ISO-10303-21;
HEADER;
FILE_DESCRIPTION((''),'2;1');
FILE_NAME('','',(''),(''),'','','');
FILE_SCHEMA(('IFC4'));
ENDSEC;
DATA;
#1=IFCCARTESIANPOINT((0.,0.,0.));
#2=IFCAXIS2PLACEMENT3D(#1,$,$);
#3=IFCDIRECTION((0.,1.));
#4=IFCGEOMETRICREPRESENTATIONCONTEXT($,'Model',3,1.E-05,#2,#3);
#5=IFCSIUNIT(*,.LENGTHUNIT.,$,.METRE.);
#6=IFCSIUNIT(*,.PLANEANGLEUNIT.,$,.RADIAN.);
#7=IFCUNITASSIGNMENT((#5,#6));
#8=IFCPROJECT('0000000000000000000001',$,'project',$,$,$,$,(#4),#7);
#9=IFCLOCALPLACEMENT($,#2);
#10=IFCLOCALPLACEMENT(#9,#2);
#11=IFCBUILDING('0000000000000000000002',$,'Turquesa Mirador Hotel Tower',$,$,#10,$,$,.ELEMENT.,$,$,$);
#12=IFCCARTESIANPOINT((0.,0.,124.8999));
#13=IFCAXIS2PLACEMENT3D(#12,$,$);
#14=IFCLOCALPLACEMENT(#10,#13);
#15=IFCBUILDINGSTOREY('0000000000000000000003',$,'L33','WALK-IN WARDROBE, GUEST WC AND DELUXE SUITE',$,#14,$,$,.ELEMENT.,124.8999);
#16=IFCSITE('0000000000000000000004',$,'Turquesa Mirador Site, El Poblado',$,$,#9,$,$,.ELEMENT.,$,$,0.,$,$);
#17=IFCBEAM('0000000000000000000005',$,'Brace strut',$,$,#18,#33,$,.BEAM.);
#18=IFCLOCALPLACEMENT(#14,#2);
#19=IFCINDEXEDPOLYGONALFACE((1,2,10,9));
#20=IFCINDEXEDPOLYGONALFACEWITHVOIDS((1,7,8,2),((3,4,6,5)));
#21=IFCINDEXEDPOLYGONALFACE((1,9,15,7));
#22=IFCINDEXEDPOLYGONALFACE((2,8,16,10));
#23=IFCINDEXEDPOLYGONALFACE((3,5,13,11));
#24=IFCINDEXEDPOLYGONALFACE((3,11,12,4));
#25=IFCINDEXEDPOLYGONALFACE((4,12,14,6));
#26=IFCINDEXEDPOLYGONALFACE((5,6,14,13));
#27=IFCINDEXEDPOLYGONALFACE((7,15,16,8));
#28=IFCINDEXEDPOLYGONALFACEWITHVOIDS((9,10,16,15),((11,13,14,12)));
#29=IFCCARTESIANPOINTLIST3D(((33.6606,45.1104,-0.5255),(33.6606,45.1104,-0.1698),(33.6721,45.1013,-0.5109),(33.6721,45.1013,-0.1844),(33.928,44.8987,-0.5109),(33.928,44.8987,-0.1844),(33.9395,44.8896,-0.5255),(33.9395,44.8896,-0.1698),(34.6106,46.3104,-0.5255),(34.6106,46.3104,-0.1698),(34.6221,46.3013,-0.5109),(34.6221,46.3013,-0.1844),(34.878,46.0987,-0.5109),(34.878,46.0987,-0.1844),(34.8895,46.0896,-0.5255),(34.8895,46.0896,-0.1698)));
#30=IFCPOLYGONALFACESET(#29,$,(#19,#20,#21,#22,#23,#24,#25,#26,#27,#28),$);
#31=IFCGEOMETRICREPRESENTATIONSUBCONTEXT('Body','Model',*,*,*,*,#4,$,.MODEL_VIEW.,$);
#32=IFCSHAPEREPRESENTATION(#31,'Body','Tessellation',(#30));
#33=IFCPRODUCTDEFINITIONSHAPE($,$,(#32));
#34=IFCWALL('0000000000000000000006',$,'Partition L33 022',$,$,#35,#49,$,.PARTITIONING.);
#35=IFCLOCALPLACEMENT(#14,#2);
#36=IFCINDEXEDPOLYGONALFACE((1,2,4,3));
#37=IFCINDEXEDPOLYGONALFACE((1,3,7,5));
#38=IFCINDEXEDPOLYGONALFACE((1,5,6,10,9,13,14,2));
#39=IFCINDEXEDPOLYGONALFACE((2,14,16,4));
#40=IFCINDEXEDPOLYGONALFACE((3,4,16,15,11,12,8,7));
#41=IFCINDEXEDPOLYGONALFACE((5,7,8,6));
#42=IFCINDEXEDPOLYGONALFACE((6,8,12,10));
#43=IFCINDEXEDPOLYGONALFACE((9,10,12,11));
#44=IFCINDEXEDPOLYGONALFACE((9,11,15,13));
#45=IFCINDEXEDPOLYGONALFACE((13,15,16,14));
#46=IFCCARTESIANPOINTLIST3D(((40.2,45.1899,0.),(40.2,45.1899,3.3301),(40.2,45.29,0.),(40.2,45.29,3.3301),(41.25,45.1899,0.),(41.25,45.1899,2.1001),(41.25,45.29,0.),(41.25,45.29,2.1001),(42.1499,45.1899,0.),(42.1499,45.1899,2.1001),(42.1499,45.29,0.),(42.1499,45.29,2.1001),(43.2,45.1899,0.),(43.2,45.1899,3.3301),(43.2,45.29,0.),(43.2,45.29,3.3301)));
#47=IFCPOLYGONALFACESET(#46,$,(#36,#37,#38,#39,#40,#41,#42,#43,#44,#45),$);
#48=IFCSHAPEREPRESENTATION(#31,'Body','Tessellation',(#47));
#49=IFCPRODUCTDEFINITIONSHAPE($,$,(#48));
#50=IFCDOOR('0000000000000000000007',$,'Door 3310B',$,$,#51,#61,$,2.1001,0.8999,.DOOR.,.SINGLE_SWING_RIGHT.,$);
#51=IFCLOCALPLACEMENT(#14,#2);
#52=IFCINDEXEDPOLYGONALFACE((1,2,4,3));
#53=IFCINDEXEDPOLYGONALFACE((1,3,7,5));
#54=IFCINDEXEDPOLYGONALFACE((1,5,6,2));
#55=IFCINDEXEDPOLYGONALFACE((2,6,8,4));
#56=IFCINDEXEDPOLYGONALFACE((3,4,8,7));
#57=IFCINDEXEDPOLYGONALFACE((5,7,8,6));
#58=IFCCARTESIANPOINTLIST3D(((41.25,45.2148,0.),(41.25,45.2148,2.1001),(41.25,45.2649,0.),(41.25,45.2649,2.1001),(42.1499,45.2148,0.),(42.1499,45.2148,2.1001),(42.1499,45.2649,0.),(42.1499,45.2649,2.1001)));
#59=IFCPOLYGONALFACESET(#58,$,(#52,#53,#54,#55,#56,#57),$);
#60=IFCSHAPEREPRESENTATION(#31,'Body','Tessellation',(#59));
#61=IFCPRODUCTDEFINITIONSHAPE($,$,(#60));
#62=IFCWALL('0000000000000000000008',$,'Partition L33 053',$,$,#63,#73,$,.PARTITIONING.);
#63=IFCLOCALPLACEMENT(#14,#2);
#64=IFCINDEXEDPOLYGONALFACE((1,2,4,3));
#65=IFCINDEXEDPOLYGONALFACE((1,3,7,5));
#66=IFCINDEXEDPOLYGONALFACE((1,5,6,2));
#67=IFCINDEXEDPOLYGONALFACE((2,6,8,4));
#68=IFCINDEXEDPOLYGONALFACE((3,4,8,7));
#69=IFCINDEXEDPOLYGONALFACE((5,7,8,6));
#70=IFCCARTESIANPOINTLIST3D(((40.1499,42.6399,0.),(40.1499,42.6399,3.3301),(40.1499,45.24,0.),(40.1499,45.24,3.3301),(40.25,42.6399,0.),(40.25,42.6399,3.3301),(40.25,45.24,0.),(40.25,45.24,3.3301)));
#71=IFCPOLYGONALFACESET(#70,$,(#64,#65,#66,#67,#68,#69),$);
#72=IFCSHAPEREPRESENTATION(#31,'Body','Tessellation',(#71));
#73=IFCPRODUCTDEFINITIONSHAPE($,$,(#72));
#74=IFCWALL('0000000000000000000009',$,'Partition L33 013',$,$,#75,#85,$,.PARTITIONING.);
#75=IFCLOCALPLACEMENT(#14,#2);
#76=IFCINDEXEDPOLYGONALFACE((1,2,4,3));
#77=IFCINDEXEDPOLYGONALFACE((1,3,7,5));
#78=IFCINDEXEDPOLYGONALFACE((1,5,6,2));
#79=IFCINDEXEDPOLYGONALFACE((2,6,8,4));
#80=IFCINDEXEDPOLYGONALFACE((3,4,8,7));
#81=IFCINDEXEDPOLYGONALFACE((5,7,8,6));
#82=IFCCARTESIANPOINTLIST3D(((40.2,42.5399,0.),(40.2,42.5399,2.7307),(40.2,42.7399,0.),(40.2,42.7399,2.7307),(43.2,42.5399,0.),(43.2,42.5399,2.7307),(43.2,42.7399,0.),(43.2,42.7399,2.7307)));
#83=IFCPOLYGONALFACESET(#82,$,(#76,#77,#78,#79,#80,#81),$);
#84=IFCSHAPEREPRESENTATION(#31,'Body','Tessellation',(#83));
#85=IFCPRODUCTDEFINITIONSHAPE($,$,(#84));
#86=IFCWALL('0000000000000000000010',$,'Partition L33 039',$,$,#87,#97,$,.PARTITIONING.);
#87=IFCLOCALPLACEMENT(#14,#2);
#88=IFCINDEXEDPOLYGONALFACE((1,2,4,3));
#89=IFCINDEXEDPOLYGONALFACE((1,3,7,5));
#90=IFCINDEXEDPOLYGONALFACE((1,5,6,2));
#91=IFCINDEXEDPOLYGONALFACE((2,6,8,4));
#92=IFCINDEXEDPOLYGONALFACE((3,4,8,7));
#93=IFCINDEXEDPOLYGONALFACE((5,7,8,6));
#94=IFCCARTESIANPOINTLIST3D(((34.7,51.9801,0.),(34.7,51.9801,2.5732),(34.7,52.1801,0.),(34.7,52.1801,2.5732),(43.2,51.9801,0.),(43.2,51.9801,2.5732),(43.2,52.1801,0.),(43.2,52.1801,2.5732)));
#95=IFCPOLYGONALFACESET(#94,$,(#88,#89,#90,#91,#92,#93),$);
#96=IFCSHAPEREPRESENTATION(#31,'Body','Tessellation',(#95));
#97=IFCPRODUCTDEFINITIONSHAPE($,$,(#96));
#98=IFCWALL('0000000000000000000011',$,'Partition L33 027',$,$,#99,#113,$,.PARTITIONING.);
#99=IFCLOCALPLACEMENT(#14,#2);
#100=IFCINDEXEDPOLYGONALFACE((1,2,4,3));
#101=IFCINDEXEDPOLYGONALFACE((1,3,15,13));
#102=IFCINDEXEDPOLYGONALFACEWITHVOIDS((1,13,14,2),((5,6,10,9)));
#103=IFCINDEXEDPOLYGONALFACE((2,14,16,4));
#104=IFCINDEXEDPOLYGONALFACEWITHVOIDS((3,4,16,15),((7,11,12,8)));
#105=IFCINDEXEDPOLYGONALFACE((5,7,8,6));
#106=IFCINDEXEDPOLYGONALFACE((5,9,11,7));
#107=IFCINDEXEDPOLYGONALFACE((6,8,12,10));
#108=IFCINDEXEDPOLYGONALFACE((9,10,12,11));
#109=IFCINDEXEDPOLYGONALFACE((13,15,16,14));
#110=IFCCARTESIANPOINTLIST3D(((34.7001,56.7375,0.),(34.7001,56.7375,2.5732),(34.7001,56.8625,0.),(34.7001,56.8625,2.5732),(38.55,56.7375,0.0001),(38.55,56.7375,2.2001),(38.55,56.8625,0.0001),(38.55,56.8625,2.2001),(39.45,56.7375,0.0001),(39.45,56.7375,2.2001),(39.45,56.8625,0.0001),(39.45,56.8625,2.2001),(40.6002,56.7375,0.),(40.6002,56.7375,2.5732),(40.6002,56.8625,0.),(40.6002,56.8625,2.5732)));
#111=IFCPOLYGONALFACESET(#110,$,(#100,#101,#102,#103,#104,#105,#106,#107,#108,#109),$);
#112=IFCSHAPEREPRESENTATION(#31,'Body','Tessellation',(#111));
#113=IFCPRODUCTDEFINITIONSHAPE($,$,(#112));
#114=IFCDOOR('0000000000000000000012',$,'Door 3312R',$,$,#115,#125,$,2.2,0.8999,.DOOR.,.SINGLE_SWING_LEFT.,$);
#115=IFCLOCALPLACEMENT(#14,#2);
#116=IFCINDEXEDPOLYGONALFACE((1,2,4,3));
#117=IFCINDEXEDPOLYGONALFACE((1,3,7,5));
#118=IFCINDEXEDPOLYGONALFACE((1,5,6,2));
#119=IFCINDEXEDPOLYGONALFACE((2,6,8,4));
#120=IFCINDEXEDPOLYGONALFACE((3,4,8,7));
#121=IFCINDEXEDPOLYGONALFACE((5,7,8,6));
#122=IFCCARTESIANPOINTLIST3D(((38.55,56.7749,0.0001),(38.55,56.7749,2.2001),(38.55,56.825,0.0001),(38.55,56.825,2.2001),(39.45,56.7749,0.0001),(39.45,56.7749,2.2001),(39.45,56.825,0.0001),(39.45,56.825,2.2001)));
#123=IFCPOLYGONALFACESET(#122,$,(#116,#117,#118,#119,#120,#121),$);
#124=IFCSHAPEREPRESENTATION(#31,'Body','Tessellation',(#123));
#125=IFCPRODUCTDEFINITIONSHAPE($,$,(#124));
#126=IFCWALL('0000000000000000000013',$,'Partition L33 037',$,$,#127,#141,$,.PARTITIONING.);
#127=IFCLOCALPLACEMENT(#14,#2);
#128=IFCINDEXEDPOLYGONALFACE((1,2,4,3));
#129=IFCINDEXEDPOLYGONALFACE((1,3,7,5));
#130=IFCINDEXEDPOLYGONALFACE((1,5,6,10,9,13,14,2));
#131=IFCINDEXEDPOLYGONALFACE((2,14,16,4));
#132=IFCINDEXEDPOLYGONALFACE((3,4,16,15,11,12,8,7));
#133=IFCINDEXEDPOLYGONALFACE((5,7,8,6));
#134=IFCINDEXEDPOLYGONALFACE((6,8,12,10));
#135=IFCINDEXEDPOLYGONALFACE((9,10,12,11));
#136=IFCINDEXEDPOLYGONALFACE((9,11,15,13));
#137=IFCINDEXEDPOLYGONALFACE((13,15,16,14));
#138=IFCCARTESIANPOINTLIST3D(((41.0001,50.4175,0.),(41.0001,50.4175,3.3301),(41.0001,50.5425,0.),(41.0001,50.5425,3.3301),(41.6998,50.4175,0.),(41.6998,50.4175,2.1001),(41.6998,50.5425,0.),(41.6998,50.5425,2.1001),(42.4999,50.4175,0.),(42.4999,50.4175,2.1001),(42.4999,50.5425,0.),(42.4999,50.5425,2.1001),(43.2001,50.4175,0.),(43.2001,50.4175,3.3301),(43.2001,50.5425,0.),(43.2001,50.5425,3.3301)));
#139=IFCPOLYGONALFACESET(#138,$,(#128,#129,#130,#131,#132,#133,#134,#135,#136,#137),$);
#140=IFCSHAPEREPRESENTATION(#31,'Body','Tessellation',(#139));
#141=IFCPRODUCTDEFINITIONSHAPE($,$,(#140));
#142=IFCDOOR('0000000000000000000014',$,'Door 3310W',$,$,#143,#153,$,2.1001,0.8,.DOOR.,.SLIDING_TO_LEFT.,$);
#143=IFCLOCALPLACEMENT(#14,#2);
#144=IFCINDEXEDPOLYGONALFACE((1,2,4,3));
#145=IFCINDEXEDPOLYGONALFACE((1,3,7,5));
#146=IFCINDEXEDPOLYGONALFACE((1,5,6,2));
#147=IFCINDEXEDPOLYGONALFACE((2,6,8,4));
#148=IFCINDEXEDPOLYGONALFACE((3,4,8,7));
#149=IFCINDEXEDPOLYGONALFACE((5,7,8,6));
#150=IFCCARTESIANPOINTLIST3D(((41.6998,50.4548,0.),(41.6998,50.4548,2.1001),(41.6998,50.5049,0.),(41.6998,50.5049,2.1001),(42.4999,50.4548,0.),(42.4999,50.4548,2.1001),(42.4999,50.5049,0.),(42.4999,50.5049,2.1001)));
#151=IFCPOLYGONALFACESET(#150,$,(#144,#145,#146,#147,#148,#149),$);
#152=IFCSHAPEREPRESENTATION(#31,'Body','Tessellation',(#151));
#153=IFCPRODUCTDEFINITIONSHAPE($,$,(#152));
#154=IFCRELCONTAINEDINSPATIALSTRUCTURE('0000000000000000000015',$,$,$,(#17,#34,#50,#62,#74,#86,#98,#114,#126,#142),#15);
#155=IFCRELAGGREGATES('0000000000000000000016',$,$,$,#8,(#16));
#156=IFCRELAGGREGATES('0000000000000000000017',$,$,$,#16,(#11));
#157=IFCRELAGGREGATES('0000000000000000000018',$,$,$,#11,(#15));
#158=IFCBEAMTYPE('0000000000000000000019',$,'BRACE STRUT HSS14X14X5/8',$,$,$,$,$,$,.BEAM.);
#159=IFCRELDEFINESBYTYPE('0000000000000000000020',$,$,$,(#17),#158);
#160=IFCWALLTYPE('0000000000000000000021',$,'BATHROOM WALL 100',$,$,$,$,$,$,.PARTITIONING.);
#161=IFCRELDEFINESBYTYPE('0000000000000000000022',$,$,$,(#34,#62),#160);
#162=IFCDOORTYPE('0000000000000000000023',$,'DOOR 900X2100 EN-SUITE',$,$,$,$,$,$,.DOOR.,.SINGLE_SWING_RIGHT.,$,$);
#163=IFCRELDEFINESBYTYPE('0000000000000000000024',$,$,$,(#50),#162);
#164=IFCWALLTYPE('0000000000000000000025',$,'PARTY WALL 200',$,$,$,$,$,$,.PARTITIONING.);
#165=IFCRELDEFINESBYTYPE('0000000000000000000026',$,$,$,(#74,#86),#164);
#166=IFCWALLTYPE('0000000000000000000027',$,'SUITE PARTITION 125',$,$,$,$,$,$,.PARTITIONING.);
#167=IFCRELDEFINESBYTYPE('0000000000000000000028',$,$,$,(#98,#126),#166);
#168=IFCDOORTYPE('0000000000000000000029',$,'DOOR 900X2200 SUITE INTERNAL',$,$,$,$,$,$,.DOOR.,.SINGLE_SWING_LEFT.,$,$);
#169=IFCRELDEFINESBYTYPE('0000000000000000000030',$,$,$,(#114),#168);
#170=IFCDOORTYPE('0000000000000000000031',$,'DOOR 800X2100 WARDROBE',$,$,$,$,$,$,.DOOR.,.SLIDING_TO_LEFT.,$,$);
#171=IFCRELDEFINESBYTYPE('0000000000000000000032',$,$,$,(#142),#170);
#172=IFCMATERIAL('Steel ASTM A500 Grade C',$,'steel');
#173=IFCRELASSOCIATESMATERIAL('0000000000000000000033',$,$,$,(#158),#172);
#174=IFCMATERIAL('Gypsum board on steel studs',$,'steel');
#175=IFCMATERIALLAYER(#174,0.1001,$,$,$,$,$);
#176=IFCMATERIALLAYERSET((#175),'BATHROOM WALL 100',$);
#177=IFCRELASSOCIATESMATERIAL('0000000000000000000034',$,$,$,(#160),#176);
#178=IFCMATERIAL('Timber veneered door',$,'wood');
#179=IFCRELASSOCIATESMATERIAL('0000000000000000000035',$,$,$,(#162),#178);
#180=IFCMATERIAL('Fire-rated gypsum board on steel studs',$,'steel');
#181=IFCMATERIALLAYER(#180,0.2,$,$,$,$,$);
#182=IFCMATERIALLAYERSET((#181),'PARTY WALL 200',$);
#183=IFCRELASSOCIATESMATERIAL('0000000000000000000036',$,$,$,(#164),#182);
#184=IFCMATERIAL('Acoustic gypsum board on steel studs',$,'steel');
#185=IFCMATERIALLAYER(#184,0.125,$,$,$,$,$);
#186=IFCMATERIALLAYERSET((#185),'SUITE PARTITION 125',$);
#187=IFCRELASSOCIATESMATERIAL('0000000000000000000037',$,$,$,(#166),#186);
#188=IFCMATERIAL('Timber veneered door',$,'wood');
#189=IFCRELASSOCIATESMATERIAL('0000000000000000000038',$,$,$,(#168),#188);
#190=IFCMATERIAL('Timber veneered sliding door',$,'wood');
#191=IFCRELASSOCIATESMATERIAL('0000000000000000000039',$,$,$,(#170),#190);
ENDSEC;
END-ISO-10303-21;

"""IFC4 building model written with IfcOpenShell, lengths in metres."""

from ifc_helpers import new_model, si_unit, direction, frame, frame_2d, origin, origin_2d, place, context, subcontext, project, spatial, rectangle, hollow_rectangle, extrude, material, layer, layer_set, material_profile, profile_set, type_object, element, fill, save


model = new_model("IFC4")

# Units and contexts
model_context = context("Model", 3, precision=1e-05, world=origin(), true_north=direction((0.0, 1.0)))
body_context = subcontext(model_context, "Body", "Model", "MODEL_VIEW")
ifc_project = project(units=[si_unit("LENGTHUNIT", "METRE"), si_unit("PLANEANGLEUNIT", "RADIAN")], contexts=[model_context])

# Site, building, storey
site_placement = place(None, origin())
site = spatial("IfcSite", under=ifc_project, at=site_placement, Name="Turquesa Mirador Site, El Poblado", CompositionType="ELEMENT", RefElevation=0.0)
building_placement = place(site_placement, origin())
building = spatial("IfcBuilding", under=site, at=building_placement, Name="Turquesa Mirador Hotel Tower", CompositionType="ELEMENT")
storey_placement = place(building_placement, frame((0.0, 0.0, 124.8999)))
storey = spatial("IfcBuildingStorey", under=building, at=storey_placement, Name="L33", Description="WALK-IN WARDROBE, GUEST WC AND DELUXE SUITE", CompositionType="ELEMENT", Elevation=124.8999)

# Beam
ifc_material_1 = material(Name="Steel ASTM A500 Grade C", Category="steel")
ifc_material_profile_1 = material_profile(ifc_material_1, hollow_rectangle(XDim=0.3557, YDim=0.3557, WallThickness=0.0146, at=origin_2d()), Name="HSS14X14X5/8")
ifc_profile_set_1 = profile_set([ifc_material_profile_1], Name="Steel ASTM A500 Grade C")
beam_type_1 = type_object("IfcBeamType", Name="BRACE STRUT HSS14X14X5/8", PredefinedType="BEAM", material=ifc_profile_set_1)
for number, where, z_axis, x_axis, name in (
    (1, (33.8, 45.0, -0.3477), (0.620699, 0.784049, 0.0), (-0.784049, 0.620699, 0.0), "Brace strut"),
):
    element("IfcBeam", number, at=place(storey_placement, frame(where, z_axis=z_axis, x_axis=x_axis)), inside=storey, type_object=beam_type_1, Name=name, PredefinedType="BEAM", context=body_context, shape_type="SweptSolid", body=[
        extrude(hollow_rectangle(XDim=0.3557, YDim=0.3557, WallThickness=0.0146, at=origin_2d()), origin(), (0.0, 0.0, 1.0), 1.5305),
    ])

# Wall, opening, door
ifc_material_2 = material(Name="Gypsum board on steel studs", Category="steel")
ifc_layer_1 = layer(ifc_material_2, 0.1001)
ifc_layer_set_1 = layer_set([ifc_layer_1], Name="BATHROOM WALL 100")
wall_type_1 = type_object("IfcWallType", Name="BATHROOM WALL 100", PredefinedType="PARTITIONING", material=ifc_layer_set_1)
wall_1_placement = place(storey_placement, frame((40.2, 45.24, 0.0), z_axis=(0.0, 0.0, 1.0), x_axis=(1.0, 0.0, 0.0)))
wall_1 = element("IfcWall", 2, at=wall_1_placement, inside=storey, type_object=wall_type_1, Name="Partition L33 022", PredefinedType="PARTITIONING", context=body_context, shape_type="SweptSolid", body=[
    extrude(rectangle(XDim=3.0, YDim=0.1001, at=frame_2d((1.5, 0.0))), origin(), (0.0, 0.0, 1.0), 3.3301),
])
opening_1_placement = place(wall_1_placement, frame((1.05, 0.0, 0.0)))
opening_1 = element("IfcOpeningElement", 3, at=opening_1_placement, cuts=wall_1, PredefinedType="OPENING", context=body_context, shape_type="SweptSolid", body=[
    extrude(rectangle(XDim=0.8999, YDim=2.1001, at=frame_2d((0.45, 1.05))), frame((0.0, 0.0601, 0.0), z_axis=(0.0, -1.0, 0.0), x_axis=(1.0, 0.0, 0.0)), (0.0, 0.0, 1.0), 0.1201),
])
ifc_material_3 = material(Name="Timber veneered door", Category="wood")
door_type_1 = type_object("IfcDoorType", Name="DOOR 900X2100 EN-SUITE", OperationType="SINGLE_SWING_RIGHT", PredefinedType="DOOR", material=ifc_material_3)
door_1_placement = place(opening_1_placement, origin())
door_1 = element("IfcDoor", 4, at=door_1_placement, inside=storey, type_object=door_type_1, Name="Door 3310B", OperationType="SINGLE_SWING_RIGHT", OverallHeight=2.1001, OverallWidth=0.8999, PredefinedType="DOOR", context=body_context, shape_type="SweptSolid", body=[
    extrude(rectangle(XDim=0.8999, YDim=2.1001, at=frame_2d((0.45, 1.05))), frame((0.0, 0.0249, 0.0), z_axis=(0.0, -1.0, 0.0), x_axis=(1.0, 0.0, 0.0)), (0.0, 0.0, 1.0), 0.05),
])
fill(opening_1, door_1)

# Walls
wall_2_placement = place(storey_placement, frame((40.2, 42.6399, 0.0), z_axis=(0.0, 0.0, 1.0), x_axis=(0.0, 1.0, 0.0)))
element("IfcWall", 5, at=wall_2_placement, inside=storey, type_object=wall_type_1, Name="Partition L33 053", PredefinedType="PARTITIONING", context=body_context, shape_type="SweptSolid", body=[
    extrude(rectangle(XDim=2.6001, YDim=0.1001, at=frame_2d((1.3, 0.0))), origin(), (0.0, 0.0, 1.0), 3.3301),
])
ifc_material_4 = material(Name="Fire-rated gypsum board on steel studs", Category="steel")
ifc_layer_2 = layer(ifc_material_4, 0.2)
ifc_layer_set_2 = layer_set([ifc_layer_2], Name="PARTY WALL 200")
wall_type_2 = type_object("IfcWallType", Name="PARTY WALL 200", PredefinedType="PARTITIONING", material=ifc_layer_set_2)
wall_3_placement = place(storey_placement, frame((40.2, 42.6399, 0.0), z_axis=(0.0, 0.0, 1.0), x_axis=(1.0, 0.0, 0.0)))
element("IfcWall", 6, at=wall_3_placement, inside=storey, type_object=wall_type_2, Name="Partition L33 013", PredefinedType="PARTITIONING", context=body_context, shape_type="SweptSolid", body=[
    extrude(rectangle(XDim=3.0, YDim=0.2, at=frame_2d((1.5, 0.0))), origin(), (0.0, 0.0, 1.0), 2.7307),
])
wall_4_placement = place(storey_placement, frame((34.7, 52.0801, 0.0), z_axis=(0.0, 0.0, 1.0), x_axis=(1.0, 0.0, 0.0)))
element("IfcWall", 7, at=wall_4_placement, inside=storey, type_object=wall_type_2, Name="Partition L33 039", PredefinedType="PARTITIONING", context=body_context, shape_type="SweptSolid", body=[
    extrude(rectangle(XDim=8.5, YDim=0.2, at=frame_2d((4.25, 0.0))), origin(), (0.0, 0.0, 1.0), 2.5732),
])

# Walls, openings, doors
ifc_material_5 = material(Name="Acoustic gypsum board on steel studs", Category="steel")
ifc_layer_3 = layer(ifc_material_5, 0.125)
ifc_layer_set_3 = layer_set([ifc_layer_3], Name="SUITE PARTITION 125")
wall_type_3 = type_object("IfcWallType", Name="SUITE PARTITION 125", PredefinedType="PARTITIONING", material=ifc_layer_set_3)
wall_5_placement = place(storey_placement, frame((34.7, 56.8, 0.0), z_axis=(0.0, 0.0, 1.0), x_axis=(1.0, 0.0, 0.0)))
wall_5 = element("IfcWall", 8, at=wall_5_placement, inside=storey, type_object=wall_type_3, Name="Partition L33 027", PredefinedType="PARTITIONING", context=body_context, shape_type="SweptSolid", body=[
    extrude(rectangle(XDim=5.9001, YDim=0.125, at=frame_2d((2.9502, 0.0))), origin(), (0.0, 0.0, 1.0), 2.5732),
])
opening_2_placement = place(wall_5_placement, frame((3.8501, 0.0, 0.0)))
opening_2 = element("IfcOpeningElement", 9, at=opening_2_placement, cuts=wall_5, PredefinedType="OPENING", context=body_context, shape_type="SweptSolid", body=[
    extrude(rectangle(XDim=0.8999, YDim=2.2, at=frame_2d((0.45, 1.1001))), frame((0.0, 0.0725, 0.0), z_axis=(0.0, -1.0, 0.0), x_axis=(1.0, 0.0, 0.0)), (0.0, 0.0, 1.0), 0.145),
])
ifc_material_6 = material(Name="Timber veneered door", Category="wood")
door_type_2 = type_object("IfcDoorType", Name="DOOR 900X2200 SUITE INTERNAL", OperationType="SINGLE_SWING_LEFT", PredefinedType="DOOR", material=ifc_material_6)
door_2_placement = place(opening_2_placement, origin())
door_2 = element("IfcDoor", 10, at=door_2_placement, inside=storey, type_object=door_type_2, Name="Door 3312R", OperationType="SINGLE_SWING_LEFT", OverallHeight=2.2, OverallWidth=0.8999, PredefinedType="DOOR", context=body_context, shape_type="SweptSolid", body=[
    extrude(rectangle(XDim=0.8999, YDim=2.2, at=frame_2d((0.45, 1.1001))), frame((0.0, 0.0249, 0.0), z_axis=(0.0, -1.0, 0.0), x_axis=(1.0, 0.0, 0.0)), (0.0, 0.0, 1.0), 0.05),
])
fill(opening_2, door_2)
wall_6_placement = place(storey_placement, frame((41.0, 50.48, 0.0), z_axis=(0.0, 0.0, 1.0), x_axis=(1.0, 0.0, 0.0)))
wall_6 = element("IfcWall", 11, at=wall_6_placement, inside=storey, type_object=wall_type_3, Name="Partition L33 037", PredefinedType="PARTITIONING", context=body_context, shape_type="SweptSolid", body=[
    extrude(rectangle(XDim=2.2, YDim=0.125, at=frame_2d((1.1001, 0.0))), origin(), (0.0, 0.0, 1.0), 3.3301),
])
opening_3_placement = place(wall_6_placement, frame((0.7, 0.0, 0.0)))
opening_3 = element("IfcOpeningElement", 12, at=opening_3_placement, cuts=wall_6, PredefinedType="OPENING", context=body_context, shape_type="SweptSolid", body=[
    extrude(rectangle(XDim=0.8, YDim=2.1001, at=frame_2d((0.3999, 1.05))), frame((0.0, 0.0725, 0.0), z_axis=(0.0, -1.0, 0.0), x_axis=(1.0, 0.0, 0.0)), (0.0, 0.0, 1.0), 0.145),
])
ifc_material_7 = material(Name="Timber veneered sliding door", Category="wood")
door_type_3 = type_object("IfcDoorType", Name="DOOR 800X2100 WARDROBE", OperationType="SLIDING_TO_LEFT", PredefinedType="DOOR", material=ifc_material_7)
door_3_placement = place(opening_3_placement, origin())
door_3 = element("IfcDoor", 13, at=door_3_placement, inside=storey, type_object=door_type_3, Name="Door 3310W", OperationType="SLIDING_TO_LEFT", OverallHeight=2.1001, OverallWidth=0.8, PredefinedType="DOOR", context=body_context, shape_type="SweptSolid", body=[
    extrude(rectangle(XDim=0.8, YDim=2.1001, at=frame_2d((0.3999, 1.05))), frame((0.0, 0.0249, 0.0), z_axis=(0.0, -1.0, 0.0), x_axis=(1.0, 0.0, 0.0)), (0.0, 0.0, 1.0), 0.05),
])
fill(opening_3, door_3)

save(model, "model.ifc")
